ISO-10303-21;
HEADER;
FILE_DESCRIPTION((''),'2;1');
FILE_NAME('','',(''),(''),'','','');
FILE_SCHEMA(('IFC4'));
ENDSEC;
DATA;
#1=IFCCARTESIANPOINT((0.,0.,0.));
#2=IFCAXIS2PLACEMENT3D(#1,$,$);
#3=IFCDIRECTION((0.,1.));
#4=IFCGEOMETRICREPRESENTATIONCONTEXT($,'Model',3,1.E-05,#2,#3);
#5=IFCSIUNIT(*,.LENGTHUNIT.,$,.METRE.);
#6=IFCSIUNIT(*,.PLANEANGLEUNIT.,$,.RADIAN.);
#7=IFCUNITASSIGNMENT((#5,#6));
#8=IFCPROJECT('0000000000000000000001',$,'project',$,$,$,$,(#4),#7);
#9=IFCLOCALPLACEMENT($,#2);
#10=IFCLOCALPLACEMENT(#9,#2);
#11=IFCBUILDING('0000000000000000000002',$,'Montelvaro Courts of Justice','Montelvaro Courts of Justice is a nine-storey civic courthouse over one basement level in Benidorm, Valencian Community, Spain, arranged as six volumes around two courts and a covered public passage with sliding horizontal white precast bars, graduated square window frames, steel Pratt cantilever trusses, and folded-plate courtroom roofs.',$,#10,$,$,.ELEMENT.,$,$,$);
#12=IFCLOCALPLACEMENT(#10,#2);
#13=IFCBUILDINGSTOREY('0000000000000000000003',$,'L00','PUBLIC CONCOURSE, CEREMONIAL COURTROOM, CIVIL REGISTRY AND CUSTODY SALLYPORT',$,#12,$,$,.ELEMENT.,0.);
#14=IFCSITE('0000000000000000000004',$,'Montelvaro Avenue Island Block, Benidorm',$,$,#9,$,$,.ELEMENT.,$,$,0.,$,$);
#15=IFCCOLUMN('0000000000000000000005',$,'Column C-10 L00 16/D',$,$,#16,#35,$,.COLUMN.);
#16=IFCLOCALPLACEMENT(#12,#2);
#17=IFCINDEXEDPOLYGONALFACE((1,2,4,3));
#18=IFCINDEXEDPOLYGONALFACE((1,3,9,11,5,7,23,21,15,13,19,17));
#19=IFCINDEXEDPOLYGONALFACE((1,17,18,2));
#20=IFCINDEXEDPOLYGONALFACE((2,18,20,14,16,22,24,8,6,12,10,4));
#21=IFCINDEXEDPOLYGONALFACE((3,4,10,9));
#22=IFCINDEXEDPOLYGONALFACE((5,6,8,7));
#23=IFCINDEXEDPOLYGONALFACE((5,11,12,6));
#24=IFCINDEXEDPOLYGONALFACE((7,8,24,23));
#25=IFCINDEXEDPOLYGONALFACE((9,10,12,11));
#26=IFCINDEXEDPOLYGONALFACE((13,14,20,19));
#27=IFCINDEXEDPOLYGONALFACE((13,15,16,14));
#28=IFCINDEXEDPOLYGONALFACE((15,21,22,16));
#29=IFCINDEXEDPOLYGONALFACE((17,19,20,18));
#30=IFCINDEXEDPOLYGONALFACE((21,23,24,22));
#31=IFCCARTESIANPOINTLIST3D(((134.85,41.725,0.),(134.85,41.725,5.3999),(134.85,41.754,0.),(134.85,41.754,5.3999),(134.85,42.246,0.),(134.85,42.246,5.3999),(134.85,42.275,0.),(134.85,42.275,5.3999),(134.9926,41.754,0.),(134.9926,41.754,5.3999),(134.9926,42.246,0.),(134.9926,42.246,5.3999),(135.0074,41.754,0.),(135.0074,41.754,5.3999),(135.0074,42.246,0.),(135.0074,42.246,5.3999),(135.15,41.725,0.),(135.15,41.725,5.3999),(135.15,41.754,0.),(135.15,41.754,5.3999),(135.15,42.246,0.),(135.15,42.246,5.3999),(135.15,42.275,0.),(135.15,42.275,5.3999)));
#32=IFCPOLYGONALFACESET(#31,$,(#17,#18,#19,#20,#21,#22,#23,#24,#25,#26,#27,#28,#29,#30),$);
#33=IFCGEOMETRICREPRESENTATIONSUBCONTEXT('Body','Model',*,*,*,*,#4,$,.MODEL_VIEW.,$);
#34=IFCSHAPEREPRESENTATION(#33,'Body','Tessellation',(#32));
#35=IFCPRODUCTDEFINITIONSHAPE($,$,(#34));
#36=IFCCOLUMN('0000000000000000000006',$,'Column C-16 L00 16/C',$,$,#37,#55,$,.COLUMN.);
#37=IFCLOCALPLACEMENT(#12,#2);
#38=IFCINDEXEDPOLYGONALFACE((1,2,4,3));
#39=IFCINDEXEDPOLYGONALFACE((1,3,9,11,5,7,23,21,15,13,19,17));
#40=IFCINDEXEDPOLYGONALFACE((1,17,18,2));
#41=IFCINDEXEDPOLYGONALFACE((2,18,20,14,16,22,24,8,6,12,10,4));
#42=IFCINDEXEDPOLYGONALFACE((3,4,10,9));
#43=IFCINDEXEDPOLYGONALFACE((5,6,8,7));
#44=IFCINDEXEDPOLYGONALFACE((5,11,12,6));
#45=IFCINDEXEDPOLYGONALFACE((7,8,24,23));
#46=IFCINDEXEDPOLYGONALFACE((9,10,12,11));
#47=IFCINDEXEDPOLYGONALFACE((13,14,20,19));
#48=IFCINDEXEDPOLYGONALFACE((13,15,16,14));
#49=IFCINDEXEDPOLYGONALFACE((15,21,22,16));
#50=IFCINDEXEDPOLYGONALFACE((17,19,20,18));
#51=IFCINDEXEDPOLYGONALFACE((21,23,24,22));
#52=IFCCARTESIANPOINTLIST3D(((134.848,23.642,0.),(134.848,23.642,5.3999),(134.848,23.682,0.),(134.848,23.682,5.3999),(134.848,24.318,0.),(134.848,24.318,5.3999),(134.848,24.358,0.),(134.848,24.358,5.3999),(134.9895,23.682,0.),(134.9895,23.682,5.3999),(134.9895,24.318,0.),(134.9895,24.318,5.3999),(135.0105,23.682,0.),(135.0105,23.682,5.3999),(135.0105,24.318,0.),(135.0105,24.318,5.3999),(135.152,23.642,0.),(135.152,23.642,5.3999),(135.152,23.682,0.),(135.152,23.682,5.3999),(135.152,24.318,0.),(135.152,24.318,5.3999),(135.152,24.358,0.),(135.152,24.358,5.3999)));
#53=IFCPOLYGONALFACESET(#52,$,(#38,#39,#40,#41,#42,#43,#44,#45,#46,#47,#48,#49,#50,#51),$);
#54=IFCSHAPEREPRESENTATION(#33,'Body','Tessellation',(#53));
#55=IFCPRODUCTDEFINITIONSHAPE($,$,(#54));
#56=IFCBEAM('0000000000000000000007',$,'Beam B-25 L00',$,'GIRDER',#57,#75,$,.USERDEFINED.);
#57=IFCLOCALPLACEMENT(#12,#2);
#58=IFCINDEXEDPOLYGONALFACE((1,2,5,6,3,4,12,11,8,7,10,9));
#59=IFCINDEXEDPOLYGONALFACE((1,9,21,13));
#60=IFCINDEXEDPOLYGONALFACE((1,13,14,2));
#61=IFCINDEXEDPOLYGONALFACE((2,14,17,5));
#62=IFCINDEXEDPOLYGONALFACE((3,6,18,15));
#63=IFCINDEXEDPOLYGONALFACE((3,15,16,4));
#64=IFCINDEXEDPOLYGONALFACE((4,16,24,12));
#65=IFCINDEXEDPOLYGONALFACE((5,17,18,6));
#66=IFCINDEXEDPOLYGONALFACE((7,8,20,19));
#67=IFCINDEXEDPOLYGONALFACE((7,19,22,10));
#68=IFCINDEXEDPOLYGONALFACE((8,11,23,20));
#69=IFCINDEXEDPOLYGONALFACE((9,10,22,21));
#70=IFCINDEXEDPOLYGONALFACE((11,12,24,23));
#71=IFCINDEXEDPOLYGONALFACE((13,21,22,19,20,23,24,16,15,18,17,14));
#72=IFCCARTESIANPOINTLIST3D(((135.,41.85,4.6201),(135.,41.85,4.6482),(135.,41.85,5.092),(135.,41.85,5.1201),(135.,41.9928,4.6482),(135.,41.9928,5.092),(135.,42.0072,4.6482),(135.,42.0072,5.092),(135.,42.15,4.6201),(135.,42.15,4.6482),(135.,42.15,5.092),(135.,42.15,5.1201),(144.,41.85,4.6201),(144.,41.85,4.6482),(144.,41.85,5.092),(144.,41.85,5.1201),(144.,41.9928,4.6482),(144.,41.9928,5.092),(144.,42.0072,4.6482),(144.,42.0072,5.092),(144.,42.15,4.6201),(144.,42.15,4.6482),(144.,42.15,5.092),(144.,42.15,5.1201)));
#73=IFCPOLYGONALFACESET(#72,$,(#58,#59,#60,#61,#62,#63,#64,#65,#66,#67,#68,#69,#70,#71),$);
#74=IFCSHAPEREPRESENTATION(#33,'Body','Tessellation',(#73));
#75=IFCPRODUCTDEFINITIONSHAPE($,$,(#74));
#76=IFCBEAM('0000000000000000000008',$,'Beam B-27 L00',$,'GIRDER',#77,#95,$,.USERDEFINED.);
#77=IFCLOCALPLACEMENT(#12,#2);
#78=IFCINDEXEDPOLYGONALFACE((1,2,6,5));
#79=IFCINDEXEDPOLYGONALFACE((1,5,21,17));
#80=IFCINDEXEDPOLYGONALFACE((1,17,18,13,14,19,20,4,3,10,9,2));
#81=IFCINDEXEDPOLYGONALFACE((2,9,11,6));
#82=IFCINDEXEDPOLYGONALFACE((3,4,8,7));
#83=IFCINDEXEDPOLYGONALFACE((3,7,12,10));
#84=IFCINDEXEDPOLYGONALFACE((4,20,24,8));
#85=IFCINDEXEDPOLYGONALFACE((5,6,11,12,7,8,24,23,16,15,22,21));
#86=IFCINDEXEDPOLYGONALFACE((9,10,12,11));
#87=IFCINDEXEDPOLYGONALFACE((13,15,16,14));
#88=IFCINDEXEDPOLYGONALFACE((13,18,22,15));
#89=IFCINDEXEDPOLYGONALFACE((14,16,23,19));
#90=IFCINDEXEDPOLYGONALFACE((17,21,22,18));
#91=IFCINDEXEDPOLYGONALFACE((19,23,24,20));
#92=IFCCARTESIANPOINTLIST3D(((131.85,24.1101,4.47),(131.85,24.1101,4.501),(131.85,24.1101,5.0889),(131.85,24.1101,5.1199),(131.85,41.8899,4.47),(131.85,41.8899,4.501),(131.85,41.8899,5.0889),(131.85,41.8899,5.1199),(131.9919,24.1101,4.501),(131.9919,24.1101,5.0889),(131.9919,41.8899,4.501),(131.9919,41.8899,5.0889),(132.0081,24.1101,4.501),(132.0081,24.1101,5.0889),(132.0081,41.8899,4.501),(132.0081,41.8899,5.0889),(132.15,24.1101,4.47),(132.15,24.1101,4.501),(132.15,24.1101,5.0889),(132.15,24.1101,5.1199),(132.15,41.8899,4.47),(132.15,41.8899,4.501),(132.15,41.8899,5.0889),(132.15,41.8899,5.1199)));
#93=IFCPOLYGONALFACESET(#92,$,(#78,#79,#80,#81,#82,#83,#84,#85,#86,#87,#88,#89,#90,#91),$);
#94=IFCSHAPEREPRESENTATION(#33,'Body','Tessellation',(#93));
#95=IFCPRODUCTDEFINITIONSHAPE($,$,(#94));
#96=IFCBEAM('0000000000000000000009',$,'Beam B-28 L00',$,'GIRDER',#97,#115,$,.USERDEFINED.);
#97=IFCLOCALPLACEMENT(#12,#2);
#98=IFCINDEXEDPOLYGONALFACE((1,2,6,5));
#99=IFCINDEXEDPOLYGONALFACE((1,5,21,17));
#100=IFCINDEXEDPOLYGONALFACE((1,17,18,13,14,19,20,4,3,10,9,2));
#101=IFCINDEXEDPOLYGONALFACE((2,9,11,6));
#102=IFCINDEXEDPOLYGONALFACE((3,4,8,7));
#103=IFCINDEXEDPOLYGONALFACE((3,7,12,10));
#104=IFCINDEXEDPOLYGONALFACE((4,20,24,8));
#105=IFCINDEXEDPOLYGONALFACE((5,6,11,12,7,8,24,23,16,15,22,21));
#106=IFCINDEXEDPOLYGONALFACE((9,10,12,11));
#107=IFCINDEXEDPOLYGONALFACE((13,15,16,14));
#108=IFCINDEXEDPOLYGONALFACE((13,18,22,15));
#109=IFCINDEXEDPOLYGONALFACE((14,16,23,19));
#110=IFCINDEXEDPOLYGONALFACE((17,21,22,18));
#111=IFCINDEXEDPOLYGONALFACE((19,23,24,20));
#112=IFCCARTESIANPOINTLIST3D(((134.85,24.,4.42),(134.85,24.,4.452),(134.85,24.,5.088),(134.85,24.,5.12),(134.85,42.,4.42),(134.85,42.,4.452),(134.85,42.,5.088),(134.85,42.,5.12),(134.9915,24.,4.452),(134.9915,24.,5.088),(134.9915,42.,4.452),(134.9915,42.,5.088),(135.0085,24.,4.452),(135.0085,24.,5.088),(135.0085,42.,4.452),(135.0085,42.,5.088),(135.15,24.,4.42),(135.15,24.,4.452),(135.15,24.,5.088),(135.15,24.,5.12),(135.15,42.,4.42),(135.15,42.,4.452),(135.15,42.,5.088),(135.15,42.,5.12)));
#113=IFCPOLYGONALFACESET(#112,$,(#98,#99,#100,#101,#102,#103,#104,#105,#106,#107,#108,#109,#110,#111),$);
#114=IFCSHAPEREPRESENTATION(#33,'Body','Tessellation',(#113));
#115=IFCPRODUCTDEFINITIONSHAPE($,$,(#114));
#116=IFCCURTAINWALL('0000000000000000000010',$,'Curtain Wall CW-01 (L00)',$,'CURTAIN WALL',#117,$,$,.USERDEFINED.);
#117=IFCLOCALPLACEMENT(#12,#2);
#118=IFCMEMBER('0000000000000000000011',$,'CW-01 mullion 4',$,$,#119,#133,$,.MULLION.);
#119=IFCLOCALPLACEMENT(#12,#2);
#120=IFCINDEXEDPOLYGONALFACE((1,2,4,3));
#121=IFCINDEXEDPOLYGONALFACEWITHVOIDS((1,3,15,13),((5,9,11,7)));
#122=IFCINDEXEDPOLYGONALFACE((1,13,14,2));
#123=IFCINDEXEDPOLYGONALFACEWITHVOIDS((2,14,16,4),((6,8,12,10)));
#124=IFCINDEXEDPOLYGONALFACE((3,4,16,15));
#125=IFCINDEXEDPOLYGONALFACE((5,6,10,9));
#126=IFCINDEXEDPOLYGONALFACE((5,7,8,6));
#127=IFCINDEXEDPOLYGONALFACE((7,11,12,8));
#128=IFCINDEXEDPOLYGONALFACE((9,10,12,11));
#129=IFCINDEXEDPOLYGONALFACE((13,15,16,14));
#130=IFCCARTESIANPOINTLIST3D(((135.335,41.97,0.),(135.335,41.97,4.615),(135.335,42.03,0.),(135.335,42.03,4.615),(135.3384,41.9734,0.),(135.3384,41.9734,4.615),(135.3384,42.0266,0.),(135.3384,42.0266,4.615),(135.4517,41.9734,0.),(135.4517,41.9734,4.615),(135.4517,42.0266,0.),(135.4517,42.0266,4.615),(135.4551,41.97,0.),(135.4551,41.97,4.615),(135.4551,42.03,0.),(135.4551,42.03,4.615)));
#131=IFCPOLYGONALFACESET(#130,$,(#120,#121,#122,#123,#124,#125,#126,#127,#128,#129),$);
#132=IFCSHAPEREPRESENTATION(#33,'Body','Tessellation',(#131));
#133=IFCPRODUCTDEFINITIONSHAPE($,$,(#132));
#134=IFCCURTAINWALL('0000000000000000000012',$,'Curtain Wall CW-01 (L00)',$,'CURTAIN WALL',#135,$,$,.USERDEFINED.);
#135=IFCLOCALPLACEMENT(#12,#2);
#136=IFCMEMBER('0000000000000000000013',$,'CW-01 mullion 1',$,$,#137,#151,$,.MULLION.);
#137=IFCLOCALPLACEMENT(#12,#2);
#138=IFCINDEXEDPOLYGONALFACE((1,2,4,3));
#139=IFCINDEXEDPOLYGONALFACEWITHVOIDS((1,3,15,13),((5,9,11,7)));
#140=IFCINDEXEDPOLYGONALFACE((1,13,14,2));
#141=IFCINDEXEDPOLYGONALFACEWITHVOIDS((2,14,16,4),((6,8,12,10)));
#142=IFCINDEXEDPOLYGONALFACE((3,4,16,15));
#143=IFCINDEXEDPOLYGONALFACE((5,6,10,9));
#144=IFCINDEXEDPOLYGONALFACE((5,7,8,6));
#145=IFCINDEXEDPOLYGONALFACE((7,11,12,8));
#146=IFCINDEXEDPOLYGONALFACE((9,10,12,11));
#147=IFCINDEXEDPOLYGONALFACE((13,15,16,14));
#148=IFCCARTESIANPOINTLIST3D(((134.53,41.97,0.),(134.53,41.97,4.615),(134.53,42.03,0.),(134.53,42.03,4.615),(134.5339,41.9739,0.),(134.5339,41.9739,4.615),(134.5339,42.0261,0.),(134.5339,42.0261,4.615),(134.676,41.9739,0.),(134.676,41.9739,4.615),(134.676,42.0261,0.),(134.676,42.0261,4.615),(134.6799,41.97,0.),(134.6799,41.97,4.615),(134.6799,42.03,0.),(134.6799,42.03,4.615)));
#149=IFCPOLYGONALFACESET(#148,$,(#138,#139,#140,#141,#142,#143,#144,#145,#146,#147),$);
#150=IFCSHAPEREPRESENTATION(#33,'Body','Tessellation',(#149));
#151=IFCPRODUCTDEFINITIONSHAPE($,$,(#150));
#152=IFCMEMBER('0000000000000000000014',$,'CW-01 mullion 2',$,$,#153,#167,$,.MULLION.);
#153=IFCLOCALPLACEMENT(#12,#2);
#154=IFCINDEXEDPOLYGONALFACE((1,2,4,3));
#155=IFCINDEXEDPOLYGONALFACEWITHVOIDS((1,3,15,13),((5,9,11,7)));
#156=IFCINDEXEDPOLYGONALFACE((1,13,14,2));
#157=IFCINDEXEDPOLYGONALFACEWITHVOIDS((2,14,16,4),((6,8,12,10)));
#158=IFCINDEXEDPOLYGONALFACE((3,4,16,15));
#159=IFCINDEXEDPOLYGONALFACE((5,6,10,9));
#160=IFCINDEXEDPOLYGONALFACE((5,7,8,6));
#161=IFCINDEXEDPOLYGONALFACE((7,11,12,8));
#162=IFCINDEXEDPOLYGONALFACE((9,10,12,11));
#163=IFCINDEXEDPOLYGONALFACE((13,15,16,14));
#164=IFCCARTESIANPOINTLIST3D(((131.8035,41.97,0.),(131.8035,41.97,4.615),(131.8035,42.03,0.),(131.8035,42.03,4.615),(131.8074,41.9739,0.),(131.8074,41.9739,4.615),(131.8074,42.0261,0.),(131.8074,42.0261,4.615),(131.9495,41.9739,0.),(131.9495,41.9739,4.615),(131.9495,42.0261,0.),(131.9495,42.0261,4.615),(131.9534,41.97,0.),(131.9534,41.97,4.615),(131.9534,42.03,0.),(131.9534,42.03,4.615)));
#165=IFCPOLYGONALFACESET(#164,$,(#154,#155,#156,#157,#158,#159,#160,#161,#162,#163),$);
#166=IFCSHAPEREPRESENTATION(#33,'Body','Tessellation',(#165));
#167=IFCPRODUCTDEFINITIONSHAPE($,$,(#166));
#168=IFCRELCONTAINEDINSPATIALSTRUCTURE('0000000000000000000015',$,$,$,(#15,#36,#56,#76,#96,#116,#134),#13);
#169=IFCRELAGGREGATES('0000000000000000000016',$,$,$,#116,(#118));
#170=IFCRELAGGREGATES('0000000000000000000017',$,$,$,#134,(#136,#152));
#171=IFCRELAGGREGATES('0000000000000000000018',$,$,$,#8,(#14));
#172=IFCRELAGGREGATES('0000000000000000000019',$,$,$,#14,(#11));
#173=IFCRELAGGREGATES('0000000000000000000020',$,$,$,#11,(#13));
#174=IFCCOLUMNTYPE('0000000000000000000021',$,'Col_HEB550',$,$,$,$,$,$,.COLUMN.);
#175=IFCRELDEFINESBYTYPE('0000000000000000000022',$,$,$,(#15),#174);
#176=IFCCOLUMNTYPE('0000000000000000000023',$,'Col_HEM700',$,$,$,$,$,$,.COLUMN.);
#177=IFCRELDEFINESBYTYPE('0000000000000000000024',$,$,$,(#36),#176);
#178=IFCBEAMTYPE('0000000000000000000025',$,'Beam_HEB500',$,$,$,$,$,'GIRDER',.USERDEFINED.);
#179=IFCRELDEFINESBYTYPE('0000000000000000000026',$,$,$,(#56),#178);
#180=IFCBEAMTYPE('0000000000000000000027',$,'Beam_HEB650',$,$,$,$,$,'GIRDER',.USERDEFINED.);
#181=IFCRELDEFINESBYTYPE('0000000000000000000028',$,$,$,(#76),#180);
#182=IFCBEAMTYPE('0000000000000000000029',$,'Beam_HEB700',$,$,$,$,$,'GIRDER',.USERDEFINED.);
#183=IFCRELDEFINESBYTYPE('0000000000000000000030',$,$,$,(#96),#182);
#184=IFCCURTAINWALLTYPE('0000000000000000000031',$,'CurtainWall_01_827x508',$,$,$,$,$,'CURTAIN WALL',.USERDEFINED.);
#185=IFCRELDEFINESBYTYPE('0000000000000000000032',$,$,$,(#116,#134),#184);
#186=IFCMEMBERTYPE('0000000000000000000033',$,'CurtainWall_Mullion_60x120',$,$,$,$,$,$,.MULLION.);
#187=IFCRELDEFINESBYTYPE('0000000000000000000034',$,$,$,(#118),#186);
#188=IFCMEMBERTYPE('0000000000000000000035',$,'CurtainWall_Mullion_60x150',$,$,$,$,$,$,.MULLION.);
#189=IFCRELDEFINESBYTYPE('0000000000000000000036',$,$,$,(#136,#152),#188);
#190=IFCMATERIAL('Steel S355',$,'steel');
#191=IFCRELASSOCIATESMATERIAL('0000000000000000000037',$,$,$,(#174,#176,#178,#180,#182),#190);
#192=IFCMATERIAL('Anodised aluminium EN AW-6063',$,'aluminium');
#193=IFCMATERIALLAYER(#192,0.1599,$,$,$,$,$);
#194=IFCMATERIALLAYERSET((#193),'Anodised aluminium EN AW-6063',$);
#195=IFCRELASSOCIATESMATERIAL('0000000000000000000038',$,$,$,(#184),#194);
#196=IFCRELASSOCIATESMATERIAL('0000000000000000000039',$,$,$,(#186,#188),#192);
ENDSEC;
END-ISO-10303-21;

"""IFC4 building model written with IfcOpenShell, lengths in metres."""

from ifc_helpers import new_model, si_unit, direction, frame, origin, origin_2d, place, context, subcontext, project, spatial, hollow_rectangle, i_section, extrude, material, layer, layer_set, material_profile, profile_set, type_object, element, aggregate, save


model = new_model("IFC4")

# Units and contexts
model_context = context("Model", 3, precision=1e-05, world=origin(), true_north=direction((0.0, 1.0)))
body_context = subcontext(model_context, "Body", "Model", "MODEL_VIEW")
ifc_project = project(units=[si_unit("LENGTHUNIT", "METRE"), si_unit("PLANEANGLEUNIT", "RADIAN")], contexts=[model_context])

# Site, building, storey
site_placement = place(None, origin())
site = spatial("IfcSite", under=ifc_project, at=site_placement, Name="Montelvaro Avenue Island Block, Benidorm", CompositionType="ELEMENT", RefElevation=0.0)
building_placement = place(site_placement, origin())
building = spatial("IfcBuilding", under=site, at=building_placement, Name="Montelvaro Courts of Justice", Description="Montelvaro Courts of Justice is a nine-storey civic courthouse over one basement level in Benidorm, Valencian Community, Spain, arranged as six volumes around two courts and a covered public passage with sliding horizontal white precast bars, graduated square window frames, steel Pratt cantilever trusses, and folded-plate courtroom roofs.", CompositionType="ELEMENT")
storey_placement = place(building_placement, origin())
storey = spatial("IfcBuildingStorey", under=building, at=storey_placement, Name="L00", Description="PUBLIC CONCOURSE, CEREMONIAL COURTROOM, CIVIL REGISTRY AND CUSTODY SALLYPORT", CompositionType="ELEMENT", Elevation=0.0)

# Columns
ifc_material_1 = material(Name="Steel S355", Category="steel")
ifc_material_profile_1 = material_profile(ifc_material_1, i_section(OverallWidth=0.3, OverallDepth=0.55, WebThickness=0.0149, FlangeThickness=0.0291, at=origin_2d()), Name="HEB 550")
ifc_profile_set_1 = profile_set([ifc_material_profile_1], Name="Steel S355")
column_type_1 = type_object("IfcColumnType", Name="Col_HEB550", PredefinedType="COLUMN", material=ifc_profile_set_1)
column_1_placement = place(storey_placement, frame((135.0, 42.0, 0.0), z_axis=(0.0, 0.0, 1.0), x_axis=(1.0, 0.0, 0.0)))
element("IfcColumn", 1, at=column_1_placement, inside=storey, type_object=column_type_1, Name="Column C-10 L00 16/D", PredefinedType="COLUMN", context=body_context, shape_type="SweptSolid", body=[
    extrude(i_section(OverallWidth=0.3, OverallDepth=0.55, WebThickness=0.0149, FlangeThickness=0.0291, at=origin_2d()), origin(), (0.0, 0.0, 1.0), 5.3999),
])
ifc_material_profile_2 = material_profile(ifc_material_1, i_section(OverallWidth=0.304, OverallDepth=0.7161, WebThickness=0.021, FlangeThickness=0.04, at=origin_2d()), Name="HEM 700")
ifc_profile_set_2 = profile_set([ifc_material_profile_2], Name="Steel S355")
column_type_2 = type_object("IfcColumnType", Name="Col_HEM700", PredefinedType="COLUMN", material=ifc_profile_set_2)
column_2_placement = place(storey_placement, frame((135.0, 24.0, 0.0), z_axis=(0.0, 0.0, 1.0), x_axis=(1.0, 0.0, 0.0)))
element("IfcColumn", 2, at=column_2_placement, inside=storey, type_object=column_type_2, Name="Column C-16 L00 16/C", PredefinedType="COLUMN", context=body_context, shape_type="SweptSolid", body=[
    extrude(i_section(OverallWidth=0.304, OverallDepth=0.7161, WebThickness=0.021, FlangeThickness=0.04, at=origin_2d()), origin(), (0.0, 0.0, 1.0), 5.3999),
])

# Beams
ifc_material_profile_3 = material_profile(ifc_material_1, i_section(OverallWidth=0.3, OverallDepth=0.5, WebThickness=0.0144, FlangeThickness=0.0281, at=origin_2d()), Name="HEB 500")
ifc_profile_set_3 = profile_set([ifc_material_profile_3], Name="Steel S355")
beam_type_1 = type_object("IfcBeamType", Name="Beam_HEB500", ElementType="GIRDER", PredefinedType="USERDEFINED", material=ifc_profile_set_3)
beam_1_placement = place(storey_placement, frame((135.0, 42.0, 4.8701), z_axis=(1.0, 0.0, 0.0), x_axis=(0.0, 1.0, 0.0)))
element("IfcBeam", 3, at=beam_1_placement, inside=storey, type_object=beam_type_1, Name="Beam B-25 L00", ObjectType="GIRDER", PredefinedType="USERDEFINED", context=body_context, shape_type="SweptSolid", body=[
    extrude(i_section(OverallWidth=0.3, OverallDepth=0.5, WebThickness=0.0144, FlangeThickness=0.0281, at=origin_2d()), origin(), (0.0, 0.0, 1.0), 9.0),
])
ifc_material_profile_4 = material_profile(ifc_material_1, i_section(OverallWidth=0.3, OverallDepth=0.6499, WebThickness=0.0161, FlangeThickness=0.031, at=origin_2d()), Name="HEB 650")
ifc_profile_set_4 = profile_set([ifc_material_profile_4], Name="Steel S355")
beam_type_2 = type_object("IfcBeamType", Name="Beam_HEB650", ElementType="GIRDER", PredefinedType="USERDEFINED", material=ifc_profile_set_4)
beam_2_placement = place(storey_placement, frame((132.0, 24.1101, 4.7949), z_axis=(0.0, 1.0, 0.0), x_axis=(-1.0, 0.0, 0.0)))
element("IfcBeam", 4, at=beam_2_placement, inside=storey, type_object=beam_type_2, Name="Beam B-27 L00", ObjectType="GIRDER", PredefinedType="USERDEFINED", context=body_context, shape_type="SweptSolid", body=[
    extrude(i_section(OverallWidth=0.3, OverallDepth=0.6499, WebThickness=0.0161, FlangeThickness=0.031, at=origin_2d()), origin(), (0.0, 0.0, 1.0), 17.7798),
])
ifc_material_profile_5 = material_profile(ifc_material_1, i_section(OverallWidth=0.3, OverallDepth=0.7, WebThickness=0.0171, FlangeThickness=0.032, at=origin_2d()), Name="HEB 700")
ifc_profile_set_5 = profile_set([ifc_material_profile_5], Name="Steel S355")
beam_type_3 = type_object("IfcBeamType", Name="Beam_HEB700", ElementType="GIRDER", PredefinedType="USERDEFINED", material=ifc_profile_set_5)
beam_3_placement = place(storey_placement, frame((135.0, 24.0, 4.77), z_axis=(0.0, 1.0, 0.0), x_axis=(-1.0, 0.0, 0.0)))
element("IfcBeam", 5, at=beam_3_placement, inside=storey, type_object=beam_type_3, Name="Beam B-28 L00", ObjectType="GIRDER", PredefinedType="USERDEFINED", context=body_context, shape_type="SweptSolid", body=[
    extrude(i_section(OverallWidth=0.3, OverallDepth=0.7, WebThickness=0.0171, FlangeThickness=0.032, at=origin_2d()), origin(), (0.0, 0.0, 1.0), 18.0),
])

# Curtain wall, member
ifc_material_2 = material(Name="Anodised aluminium EN AW-6063", Category="aluminium")
ifc_layer_1 = layer(ifc_material_2, 0.1599)
ifc_layer_set_1 = layer_set([ifc_layer_1], Name="Anodised aluminium EN AW-6063")
curtain_wall_type = type_object("IfcCurtainWallType", Name="CurtainWall_01_827x508", ElementType="CURTAIN WALL", PredefinedType="USERDEFINED", material=ifc_layer_set_1)
curtain_wall_1_placement = place(storey_placement, origin())
curtain_wall_1 = element("IfcCurtainWall", 6, at=curtain_wall_1_placement, inside=storey, type_object=curtain_wall_type, Name="Curtain Wall CW-01 (L00)", ObjectType="CURTAIN WALL", PredefinedType="USERDEFINED")
ifc_material_profile_6 = material_profile(ifc_material_2, hollow_rectangle(XDim=0.0601, YDim=0.1201, WallThickness=0.0034, at=origin_2d()), Name="ALU-M 60x120")
ifc_profile_set_6 = profile_set([ifc_material_profile_6], Name="Anodised aluminium EN AW-6063")
member_type_1 = type_object("IfcMemberType", Name="CurtainWall_Mullion_60x120", PredefinedType="MULLION", material=ifc_profile_set_6)
member_1_placement = place(storey_placement, frame((135.395, 42.0, 0.0), z_axis=(0.0, 0.0, 1.0), x_axis=(0.0, -1.0, 0.0)))
member_1 = element("IfcMember", 7, at=member_1_placement, type_object=member_type_1, Name="CW-01 mullion 4", PredefinedType="MULLION", context=body_context, shape_type="SweptSolid", body=[
    extrude(hollow_rectangle(XDim=0.0601, YDim=0.1201, WallThickness=0.0034, at=origin_2d()), origin(), (0.0, 0.0, 1.0), 4.615),
])

# Curtain wall, members
curtain_wall_2_placement = place(storey_placement, origin())
curtain_wall_2 = element("IfcCurtainWall", 8, at=curtain_wall_2_placement, inside=storey, type_object=curtain_wall_type, Name="Curtain Wall CW-01 (L00)", ObjectType="CURTAIN WALL", PredefinedType="USERDEFINED")
ifc_material_profile_7 = material_profile(ifc_material_2, hollow_rectangle(XDim=0.0601, YDim=0.1499, WallThickness=0.0039, at=origin_2d()), Name="ALU-M 60x150")
ifc_profile_set_7 = profile_set([ifc_material_profile_7], Name="Anodised aluminium EN AW-6063")
member_type_2 = type_object("IfcMemberType", Name="CurtainWall_Mullion_60x150", PredefinedType="MULLION", material=ifc_profile_set_7)
member_2_placement = place(storey_placement, frame((134.605, 42.0, 0.0), z_axis=(0.0, 0.0, 1.0), x_axis=(0.0, -1.0, 0.0)))
member_2 = element("IfcMember", 9, at=member_2_placement, type_object=member_type_2, Name="CW-01 mullion 1", PredefinedType="MULLION", context=body_context, shape_type="SweptSolid", body=[
    extrude(hollow_rectangle(XDim=0.0601, YDim=0.1499, WallThickness=0.0039, at=origin_2d()), origin(), (0.0, 0.0, 1.0), 4.615),
])
member_3_placement = place(storey_placement, frame((131.8784, 42.0, 0.0), z_axis=(0.0, 0.0, 1.0), x_axis=(0.0, -1.0, 0.0)))
member_3 = element("IfcMember", 10, at=member_3_placement, type_object=member_type_2, Name="CW-01 mullion 2", PredefinedType="MULLION", context=body_context, shape_type="SweptSolid", body=[
    extrude(hollow_rectangle(XDim=0.0601, YDim=0.1499, WallThickness=0.0039, at=origin_2d()), origin(), (0.0, 0.0, 1.0), 4.615),
])

aggregate(curtain_wall_1, [member_1])
aggregate(curtain_wall_2, [member_2, member_3])

save(model, "model.ifc")
